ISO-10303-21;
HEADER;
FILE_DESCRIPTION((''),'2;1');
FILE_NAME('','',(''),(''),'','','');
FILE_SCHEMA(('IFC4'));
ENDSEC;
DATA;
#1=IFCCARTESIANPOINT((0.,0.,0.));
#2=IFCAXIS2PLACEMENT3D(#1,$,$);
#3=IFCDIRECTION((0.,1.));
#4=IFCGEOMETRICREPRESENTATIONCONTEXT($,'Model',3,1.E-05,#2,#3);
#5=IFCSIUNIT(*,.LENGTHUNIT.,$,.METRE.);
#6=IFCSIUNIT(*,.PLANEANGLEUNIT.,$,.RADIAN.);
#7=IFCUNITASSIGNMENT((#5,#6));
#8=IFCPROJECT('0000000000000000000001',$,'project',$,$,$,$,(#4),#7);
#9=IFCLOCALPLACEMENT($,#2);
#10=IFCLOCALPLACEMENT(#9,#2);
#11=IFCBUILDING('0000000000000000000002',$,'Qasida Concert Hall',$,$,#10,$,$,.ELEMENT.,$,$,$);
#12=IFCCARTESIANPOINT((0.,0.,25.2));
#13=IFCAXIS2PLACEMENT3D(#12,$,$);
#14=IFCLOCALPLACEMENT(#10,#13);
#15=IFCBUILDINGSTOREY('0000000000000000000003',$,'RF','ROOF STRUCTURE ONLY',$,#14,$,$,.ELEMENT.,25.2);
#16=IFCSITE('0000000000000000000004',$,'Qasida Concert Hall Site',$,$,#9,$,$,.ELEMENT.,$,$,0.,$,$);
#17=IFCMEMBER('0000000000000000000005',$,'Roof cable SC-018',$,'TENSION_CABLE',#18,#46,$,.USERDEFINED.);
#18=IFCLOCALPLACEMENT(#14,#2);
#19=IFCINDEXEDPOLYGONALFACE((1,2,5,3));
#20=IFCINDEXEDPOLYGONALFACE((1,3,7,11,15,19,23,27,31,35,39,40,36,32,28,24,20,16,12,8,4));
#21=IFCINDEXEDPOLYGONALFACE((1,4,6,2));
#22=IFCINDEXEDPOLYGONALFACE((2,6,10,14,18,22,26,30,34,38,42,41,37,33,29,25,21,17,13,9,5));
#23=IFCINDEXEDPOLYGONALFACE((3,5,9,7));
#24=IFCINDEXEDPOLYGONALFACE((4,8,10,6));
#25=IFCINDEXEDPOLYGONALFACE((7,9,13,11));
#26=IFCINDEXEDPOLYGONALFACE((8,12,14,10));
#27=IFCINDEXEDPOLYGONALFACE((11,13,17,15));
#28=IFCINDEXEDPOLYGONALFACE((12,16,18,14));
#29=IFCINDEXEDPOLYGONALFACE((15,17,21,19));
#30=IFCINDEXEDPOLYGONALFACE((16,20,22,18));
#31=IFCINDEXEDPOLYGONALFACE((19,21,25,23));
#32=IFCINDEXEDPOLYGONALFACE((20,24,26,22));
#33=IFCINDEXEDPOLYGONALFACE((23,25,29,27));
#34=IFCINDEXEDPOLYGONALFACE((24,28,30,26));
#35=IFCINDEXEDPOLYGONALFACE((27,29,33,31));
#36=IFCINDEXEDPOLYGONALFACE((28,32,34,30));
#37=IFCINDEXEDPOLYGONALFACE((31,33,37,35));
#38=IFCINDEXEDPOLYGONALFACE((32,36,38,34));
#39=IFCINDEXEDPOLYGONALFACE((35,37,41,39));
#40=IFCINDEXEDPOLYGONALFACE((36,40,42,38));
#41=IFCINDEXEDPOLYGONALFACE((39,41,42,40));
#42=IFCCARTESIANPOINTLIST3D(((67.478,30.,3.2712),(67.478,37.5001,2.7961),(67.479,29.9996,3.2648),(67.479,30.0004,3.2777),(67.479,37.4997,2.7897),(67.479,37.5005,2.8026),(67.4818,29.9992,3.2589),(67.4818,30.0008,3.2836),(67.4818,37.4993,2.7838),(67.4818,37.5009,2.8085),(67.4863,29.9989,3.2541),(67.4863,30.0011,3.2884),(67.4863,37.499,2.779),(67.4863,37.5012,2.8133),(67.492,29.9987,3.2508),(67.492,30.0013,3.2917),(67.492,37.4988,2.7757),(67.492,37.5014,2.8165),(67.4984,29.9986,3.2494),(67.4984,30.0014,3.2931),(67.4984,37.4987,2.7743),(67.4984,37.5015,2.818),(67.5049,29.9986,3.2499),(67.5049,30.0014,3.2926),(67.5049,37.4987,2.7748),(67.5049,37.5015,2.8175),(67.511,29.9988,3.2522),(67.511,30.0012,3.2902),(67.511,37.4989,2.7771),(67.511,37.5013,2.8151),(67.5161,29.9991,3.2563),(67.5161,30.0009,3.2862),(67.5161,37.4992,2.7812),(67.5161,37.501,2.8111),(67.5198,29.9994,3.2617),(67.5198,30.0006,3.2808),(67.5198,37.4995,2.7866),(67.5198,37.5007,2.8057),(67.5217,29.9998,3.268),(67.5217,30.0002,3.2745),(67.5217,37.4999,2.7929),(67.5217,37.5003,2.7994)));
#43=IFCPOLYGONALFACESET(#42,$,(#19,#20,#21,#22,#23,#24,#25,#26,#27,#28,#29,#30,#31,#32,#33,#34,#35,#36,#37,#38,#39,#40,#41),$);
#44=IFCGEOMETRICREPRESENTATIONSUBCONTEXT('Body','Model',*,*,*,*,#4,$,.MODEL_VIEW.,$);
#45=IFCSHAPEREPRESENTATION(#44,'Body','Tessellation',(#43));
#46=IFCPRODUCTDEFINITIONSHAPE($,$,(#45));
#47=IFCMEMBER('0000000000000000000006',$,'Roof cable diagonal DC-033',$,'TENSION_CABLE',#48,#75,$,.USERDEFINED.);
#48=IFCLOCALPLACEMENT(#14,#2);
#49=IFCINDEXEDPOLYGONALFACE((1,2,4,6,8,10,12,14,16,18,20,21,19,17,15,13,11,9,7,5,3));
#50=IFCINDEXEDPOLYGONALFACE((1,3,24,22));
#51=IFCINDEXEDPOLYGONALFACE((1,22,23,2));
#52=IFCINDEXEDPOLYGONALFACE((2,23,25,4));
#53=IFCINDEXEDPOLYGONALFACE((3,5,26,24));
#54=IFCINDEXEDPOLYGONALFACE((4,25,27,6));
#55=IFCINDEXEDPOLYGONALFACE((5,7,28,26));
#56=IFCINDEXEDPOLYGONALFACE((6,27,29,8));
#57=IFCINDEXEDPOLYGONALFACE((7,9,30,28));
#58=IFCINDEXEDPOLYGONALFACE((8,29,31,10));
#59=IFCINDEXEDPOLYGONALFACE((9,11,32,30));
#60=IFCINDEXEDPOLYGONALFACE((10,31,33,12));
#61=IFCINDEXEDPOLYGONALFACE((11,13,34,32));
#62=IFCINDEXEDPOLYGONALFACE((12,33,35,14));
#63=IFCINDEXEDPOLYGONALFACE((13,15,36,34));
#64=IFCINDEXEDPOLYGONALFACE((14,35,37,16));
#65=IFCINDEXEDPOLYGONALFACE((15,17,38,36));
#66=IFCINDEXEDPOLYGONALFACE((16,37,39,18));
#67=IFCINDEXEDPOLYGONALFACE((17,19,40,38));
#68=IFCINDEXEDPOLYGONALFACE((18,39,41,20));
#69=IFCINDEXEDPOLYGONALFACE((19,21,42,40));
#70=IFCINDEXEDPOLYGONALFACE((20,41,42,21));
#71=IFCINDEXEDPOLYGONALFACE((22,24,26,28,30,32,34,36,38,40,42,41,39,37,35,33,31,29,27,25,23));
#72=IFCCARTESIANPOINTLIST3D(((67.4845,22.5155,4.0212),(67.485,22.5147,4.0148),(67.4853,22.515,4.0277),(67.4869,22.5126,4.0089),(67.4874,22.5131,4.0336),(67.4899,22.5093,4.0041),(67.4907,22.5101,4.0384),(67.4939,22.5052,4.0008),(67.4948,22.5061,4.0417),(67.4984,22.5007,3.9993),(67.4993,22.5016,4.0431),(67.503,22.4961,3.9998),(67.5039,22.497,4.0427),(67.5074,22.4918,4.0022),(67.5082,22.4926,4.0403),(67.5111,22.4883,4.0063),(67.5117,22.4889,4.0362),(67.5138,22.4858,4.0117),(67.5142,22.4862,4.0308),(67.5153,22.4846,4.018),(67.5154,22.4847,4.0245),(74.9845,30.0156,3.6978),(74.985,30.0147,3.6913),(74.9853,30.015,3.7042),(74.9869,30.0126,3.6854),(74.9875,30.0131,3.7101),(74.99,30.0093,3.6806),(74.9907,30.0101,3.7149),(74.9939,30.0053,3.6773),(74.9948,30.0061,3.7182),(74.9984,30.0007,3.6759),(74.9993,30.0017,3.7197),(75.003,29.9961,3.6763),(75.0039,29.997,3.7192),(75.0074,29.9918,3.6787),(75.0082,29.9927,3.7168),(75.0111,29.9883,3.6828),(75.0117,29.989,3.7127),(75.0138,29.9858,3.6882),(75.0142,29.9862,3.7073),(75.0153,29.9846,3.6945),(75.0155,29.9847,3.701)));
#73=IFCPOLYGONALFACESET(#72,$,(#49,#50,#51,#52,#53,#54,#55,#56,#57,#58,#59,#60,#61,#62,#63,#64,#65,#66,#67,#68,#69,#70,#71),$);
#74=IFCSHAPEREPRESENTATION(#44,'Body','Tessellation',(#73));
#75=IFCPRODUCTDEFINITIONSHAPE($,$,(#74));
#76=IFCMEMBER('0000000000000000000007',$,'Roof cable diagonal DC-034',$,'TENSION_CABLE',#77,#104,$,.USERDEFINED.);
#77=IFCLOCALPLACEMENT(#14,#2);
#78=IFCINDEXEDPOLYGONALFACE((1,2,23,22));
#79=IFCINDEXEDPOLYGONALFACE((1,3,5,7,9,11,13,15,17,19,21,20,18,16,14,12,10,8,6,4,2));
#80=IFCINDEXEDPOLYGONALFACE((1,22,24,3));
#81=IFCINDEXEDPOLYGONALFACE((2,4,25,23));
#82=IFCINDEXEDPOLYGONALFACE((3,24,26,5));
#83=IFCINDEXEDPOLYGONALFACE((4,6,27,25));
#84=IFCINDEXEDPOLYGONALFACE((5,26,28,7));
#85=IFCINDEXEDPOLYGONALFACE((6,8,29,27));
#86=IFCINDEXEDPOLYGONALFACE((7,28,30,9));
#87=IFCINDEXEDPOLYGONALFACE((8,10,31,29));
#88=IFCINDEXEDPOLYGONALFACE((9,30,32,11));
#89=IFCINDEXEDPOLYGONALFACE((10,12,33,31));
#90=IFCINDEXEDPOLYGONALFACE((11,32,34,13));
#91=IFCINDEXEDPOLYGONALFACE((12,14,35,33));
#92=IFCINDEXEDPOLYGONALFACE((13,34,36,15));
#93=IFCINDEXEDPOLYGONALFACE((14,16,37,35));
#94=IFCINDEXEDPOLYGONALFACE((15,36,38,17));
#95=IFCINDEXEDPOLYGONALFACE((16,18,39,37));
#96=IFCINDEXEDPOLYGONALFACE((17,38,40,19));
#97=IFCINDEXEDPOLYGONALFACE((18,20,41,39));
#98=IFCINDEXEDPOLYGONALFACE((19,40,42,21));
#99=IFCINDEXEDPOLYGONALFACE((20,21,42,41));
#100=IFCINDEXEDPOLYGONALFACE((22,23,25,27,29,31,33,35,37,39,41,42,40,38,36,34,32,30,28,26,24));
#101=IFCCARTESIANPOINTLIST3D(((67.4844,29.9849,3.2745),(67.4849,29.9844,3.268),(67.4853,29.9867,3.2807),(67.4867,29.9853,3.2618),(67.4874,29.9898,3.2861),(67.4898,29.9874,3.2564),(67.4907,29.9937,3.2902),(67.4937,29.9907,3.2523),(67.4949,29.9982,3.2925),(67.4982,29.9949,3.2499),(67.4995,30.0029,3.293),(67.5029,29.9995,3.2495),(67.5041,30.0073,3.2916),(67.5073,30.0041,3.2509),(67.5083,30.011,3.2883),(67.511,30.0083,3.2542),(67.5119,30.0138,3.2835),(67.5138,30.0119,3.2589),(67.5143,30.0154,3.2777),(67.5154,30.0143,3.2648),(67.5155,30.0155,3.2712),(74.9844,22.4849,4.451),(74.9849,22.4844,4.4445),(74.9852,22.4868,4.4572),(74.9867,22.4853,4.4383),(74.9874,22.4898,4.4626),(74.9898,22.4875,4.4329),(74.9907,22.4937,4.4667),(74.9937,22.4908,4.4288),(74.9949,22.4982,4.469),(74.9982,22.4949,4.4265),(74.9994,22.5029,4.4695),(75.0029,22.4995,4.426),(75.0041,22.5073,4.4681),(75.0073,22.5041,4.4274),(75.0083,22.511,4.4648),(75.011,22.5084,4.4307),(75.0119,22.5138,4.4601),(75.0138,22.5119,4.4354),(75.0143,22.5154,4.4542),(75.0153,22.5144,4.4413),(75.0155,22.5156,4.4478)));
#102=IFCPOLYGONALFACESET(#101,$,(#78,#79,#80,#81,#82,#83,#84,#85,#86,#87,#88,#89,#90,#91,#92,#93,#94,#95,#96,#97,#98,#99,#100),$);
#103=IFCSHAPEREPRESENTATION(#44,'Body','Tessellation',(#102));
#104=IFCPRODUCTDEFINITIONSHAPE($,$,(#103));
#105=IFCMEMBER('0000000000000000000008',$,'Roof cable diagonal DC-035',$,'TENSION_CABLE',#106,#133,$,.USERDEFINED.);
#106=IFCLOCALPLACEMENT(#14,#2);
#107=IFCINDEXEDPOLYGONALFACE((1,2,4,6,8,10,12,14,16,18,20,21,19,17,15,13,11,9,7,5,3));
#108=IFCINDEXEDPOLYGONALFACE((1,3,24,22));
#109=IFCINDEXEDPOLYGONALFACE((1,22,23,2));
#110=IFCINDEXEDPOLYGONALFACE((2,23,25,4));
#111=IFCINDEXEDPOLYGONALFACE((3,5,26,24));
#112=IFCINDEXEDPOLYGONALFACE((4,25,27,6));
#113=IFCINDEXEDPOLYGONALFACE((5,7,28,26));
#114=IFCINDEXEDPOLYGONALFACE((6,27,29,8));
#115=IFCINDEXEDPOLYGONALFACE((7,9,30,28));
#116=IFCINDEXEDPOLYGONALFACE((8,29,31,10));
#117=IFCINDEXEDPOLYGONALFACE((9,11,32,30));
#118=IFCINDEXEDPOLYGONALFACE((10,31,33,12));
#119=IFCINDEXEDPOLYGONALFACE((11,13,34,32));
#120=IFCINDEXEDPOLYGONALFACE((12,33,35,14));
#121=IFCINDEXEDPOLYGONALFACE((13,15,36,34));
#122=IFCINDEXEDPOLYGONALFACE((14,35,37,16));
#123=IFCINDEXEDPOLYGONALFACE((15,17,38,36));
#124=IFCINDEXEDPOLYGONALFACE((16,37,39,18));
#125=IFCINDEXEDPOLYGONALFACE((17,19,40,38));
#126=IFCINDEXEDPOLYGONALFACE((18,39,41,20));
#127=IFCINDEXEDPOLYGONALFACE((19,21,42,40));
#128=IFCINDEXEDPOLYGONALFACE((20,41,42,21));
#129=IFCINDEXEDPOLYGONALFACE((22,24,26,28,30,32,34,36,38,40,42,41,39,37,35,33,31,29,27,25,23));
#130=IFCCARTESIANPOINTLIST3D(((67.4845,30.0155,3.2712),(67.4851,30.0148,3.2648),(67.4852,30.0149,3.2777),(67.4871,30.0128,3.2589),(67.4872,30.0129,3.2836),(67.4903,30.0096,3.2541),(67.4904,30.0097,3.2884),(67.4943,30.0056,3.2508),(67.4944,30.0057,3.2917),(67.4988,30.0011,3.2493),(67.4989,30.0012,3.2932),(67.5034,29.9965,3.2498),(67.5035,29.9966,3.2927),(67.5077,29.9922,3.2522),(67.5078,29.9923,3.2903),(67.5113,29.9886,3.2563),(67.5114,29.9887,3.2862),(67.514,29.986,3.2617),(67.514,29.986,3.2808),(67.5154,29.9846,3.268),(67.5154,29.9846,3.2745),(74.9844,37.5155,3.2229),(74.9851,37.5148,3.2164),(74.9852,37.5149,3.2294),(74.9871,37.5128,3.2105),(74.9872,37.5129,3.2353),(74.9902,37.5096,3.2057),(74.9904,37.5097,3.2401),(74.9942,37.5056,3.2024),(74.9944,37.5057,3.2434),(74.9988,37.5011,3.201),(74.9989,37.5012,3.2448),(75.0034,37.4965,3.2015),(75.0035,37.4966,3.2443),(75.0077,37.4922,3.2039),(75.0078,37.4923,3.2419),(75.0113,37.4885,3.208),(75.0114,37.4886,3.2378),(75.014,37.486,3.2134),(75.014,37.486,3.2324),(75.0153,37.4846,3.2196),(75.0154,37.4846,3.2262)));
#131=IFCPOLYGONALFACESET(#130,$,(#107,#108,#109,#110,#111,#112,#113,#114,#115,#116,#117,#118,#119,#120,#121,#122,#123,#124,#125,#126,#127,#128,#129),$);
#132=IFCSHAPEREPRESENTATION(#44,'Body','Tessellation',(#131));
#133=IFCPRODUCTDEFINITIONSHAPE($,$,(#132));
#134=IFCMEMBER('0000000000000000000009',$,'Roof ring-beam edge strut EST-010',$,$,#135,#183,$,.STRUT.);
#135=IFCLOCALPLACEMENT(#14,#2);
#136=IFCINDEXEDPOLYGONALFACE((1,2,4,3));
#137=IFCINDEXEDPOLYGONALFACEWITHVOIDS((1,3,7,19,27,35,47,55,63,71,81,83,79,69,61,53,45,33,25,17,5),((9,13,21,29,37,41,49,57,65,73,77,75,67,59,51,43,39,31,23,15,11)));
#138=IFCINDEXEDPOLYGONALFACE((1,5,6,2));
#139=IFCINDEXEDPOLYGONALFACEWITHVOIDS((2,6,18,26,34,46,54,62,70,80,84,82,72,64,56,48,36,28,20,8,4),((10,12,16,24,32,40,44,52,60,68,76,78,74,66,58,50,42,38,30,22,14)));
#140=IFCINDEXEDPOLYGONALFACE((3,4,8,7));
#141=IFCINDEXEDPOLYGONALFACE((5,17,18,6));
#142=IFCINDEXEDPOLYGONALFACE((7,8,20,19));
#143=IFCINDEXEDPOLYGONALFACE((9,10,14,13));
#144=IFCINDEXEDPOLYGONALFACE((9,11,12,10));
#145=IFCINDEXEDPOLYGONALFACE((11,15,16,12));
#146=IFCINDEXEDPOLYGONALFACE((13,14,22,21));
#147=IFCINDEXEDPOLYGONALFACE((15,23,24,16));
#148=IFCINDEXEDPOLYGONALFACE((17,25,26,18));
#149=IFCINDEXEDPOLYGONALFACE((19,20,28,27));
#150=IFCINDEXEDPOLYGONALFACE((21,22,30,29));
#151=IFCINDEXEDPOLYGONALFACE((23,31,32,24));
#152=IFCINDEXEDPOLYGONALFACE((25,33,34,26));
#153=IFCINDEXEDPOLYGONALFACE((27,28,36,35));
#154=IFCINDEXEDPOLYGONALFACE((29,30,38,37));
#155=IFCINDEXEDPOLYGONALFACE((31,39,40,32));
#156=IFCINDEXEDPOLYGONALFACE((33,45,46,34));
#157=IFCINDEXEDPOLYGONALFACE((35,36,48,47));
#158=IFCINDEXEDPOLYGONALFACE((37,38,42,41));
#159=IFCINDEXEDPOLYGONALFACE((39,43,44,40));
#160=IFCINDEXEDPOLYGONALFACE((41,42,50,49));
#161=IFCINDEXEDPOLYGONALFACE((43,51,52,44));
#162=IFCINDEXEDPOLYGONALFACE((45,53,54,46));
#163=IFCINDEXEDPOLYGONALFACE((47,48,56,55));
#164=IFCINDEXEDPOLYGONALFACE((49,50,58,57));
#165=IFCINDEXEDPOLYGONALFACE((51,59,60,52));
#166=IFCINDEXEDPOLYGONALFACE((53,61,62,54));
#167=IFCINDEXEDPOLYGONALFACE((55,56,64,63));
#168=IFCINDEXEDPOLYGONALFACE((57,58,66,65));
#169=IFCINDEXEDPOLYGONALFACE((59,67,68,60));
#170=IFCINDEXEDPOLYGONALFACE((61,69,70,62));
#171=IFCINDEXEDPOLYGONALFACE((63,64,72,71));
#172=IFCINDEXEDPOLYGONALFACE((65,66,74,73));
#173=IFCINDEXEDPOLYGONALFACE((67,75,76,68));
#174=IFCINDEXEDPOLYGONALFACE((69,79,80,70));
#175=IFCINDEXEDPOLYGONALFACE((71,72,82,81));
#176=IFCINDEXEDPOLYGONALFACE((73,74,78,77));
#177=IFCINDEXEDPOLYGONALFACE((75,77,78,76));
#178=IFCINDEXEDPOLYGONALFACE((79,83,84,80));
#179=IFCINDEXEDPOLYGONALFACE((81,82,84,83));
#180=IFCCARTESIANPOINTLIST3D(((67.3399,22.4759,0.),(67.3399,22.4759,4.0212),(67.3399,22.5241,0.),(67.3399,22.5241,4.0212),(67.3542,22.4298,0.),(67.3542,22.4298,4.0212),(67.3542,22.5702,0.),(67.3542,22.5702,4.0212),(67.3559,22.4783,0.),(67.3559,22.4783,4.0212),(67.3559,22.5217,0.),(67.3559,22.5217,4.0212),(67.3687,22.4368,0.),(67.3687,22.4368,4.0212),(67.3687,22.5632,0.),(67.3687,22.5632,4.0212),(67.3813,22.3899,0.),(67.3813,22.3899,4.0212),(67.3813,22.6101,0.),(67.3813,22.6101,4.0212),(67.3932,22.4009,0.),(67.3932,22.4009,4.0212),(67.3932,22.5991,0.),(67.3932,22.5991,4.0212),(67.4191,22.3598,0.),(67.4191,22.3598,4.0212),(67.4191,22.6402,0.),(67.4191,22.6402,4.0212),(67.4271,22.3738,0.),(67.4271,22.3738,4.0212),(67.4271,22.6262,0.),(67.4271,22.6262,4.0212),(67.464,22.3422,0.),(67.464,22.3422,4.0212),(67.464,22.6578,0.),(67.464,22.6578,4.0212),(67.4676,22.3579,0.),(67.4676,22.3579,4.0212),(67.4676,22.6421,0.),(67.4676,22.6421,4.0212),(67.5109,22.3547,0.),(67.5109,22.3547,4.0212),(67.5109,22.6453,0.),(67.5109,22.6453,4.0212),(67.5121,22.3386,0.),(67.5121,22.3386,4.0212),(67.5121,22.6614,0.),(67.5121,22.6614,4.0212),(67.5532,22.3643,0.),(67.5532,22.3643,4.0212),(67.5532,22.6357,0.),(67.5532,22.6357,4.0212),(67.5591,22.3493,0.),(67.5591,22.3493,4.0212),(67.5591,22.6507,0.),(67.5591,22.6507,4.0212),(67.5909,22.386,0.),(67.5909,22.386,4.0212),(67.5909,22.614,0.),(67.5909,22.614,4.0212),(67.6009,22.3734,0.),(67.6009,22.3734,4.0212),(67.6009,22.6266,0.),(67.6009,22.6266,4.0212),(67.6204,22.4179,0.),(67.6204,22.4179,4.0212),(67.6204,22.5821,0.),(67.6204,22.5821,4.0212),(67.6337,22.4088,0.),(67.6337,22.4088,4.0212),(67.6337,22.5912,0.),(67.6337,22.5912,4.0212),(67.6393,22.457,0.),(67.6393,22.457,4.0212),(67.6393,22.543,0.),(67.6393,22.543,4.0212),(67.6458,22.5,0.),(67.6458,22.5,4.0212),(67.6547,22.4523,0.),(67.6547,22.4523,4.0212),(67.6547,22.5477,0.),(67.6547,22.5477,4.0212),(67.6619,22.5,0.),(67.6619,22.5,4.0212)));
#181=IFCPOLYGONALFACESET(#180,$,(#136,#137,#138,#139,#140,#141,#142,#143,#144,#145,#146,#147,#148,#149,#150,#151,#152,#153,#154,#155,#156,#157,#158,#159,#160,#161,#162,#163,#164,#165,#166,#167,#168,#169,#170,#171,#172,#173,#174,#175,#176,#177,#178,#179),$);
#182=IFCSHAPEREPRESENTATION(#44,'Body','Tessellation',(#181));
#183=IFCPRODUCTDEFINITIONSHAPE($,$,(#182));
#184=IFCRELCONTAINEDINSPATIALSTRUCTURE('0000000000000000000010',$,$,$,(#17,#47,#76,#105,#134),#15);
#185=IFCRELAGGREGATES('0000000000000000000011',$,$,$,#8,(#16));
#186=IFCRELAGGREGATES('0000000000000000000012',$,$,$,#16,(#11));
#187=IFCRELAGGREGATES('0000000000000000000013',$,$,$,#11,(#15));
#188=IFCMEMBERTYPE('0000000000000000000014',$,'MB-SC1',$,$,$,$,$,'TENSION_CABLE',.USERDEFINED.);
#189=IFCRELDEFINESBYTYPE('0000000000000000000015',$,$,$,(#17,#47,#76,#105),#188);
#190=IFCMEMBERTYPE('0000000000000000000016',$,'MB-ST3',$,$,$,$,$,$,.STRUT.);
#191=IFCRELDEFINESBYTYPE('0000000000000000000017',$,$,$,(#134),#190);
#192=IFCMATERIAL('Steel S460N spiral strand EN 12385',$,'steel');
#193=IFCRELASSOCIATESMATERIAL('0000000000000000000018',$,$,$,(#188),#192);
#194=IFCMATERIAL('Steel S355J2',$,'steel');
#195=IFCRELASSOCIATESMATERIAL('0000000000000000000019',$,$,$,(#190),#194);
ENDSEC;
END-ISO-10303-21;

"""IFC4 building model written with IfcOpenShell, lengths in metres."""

from ifc_helpers import new_model, si_unit, direction, frame, origin, origin_2d, place, context, subcontext, project, spatial, circle, hollow_circle, extrude, material, material_profile, profile_set, type_object, element, save


model = new_model("IFC4")

# Units and contexts
model_context = context("Model", 3, precision=1e-05, world=origin(), true_north=direction((0.0, 1.0)))
body_context = subcontext(model_context, "Body", "Model", "MODEL_VIEW")
ifc_project = project(units=[si_unit("LENGTHUNIT", "METRE"), si_unit("PLANEANGLEUNIT", "RADIAN")], contexts=[model_context])

# Site, building, storey
site_placement = place(None, origin())
site = spatial("IfcSite", under=ifc_project, at=site_placement, Name="Qasida Concert Hall Site", CompositionType="ELEMENT", RefElevation=0.0)
building_placement = place(site_placement, origin())
building = spatial("IfcBuilding", under=site, at=building_placement, Name="Qasida Concert Hall", CompositionType="ELEMENT")
storey_placement = place(building_placement, frame((0.0, 0.0, 25.2)))
storey = spatial("IfcBuildingStorey", under=building, at=storey_placement, Name="RF", Description="ROOF STRUCTURE ONLY", CompositionType="ELEMENT", Elevation=25.2)

# Members
ifc_material_1 = material(Name="Steel S460N spiral strand EN 12385", Category="steel")
ifc_material_2 = material(Name="Steel S355J2", Category="steel")
ifc_material_profile_1 = material_profile(ifc_material_1, circle(Radius=0.022, at=origin_2d()), Name="STRAND D44")
ifc_profile_set_1 = profile_set([ifc_material_profile_1], Name="Steel S460N spiral strand EN 12385")
member_type_1 = type_object("IfcMemberType", Name="MB-SC1", ElementType="TENSION_CABLE", PredefinedType="USERDEFINED", material=ifc_profile_set_1)
member_1_placement = place(storey_placement, frame((67.5, 30.0, 3.2712), z_axis=(0.0, 0.998, -0.06322), x_axis=(-1.0, 0.0, 0.0)))
element("IfcMember", 1, at=member_1_placement, inside=storey, type_object=member_type_1, Name="Roof cable SC-018", ObjectType="TENSION_CABLE", PredefinedType="USERDEFINED", context=body_context, shape_type="SweptSolid", body=[
    extrude(circle(Radius=0.022, at=origin_2d()), origin(), (0.0, 0.0, 1.0), 7.5151),
])
member_2_placement = place(storey_placement, frame((67.5, 22.5, 4.0212), z_axis=(0.706778, 0.706778, -0.030484), x_axis=(-0.707107, 0.707107, 0.0)))
element("IfcMember", 2, at=member_2_placement, inside=storey, type_object=member_type_1, Name="Roof cable diagonal DC-033", ObjectType="TENSION_CABLE", PredefinedType="USERDEFINED", context=body_context, shape_type="SweptSolid", body=[
    extrude(circle(Radius=0.022, at=origin_2d()), origin(), (0.0, 0.0, 1.0), 10.6116),
])
member_3_placement = place(storey_placement, frame((67.5, 30.0, 3.2712), z_axis=(0.702796, -0.702796, 0.110247), x_axis=(0.707107, 0.707107, 0.0)))
element("IfcMember", 3, at=member_3_placement, inside=storey, type_object=member_type_1, Name="Roof cable diagonal DC-034", ObjectType="TENSION_CABLE", PredefinedType="USERDEFINED", context=body_context, shape_type="SweptSolid", body=[
    extrude(circle(Radius=0.022, at=origin_2d()), origin(), (0.0, 0.0, 1.0), 10.6716),
])
member_4_placement = place(storey_placement, frame((67.5, 30.0, 3.2712), z_axis=(0.707099, 0.707099, -0.004557), x_axis=(-0.707107, 0.707107, 0.0)))
element("IfcMember", 4, at=member_4_placement, inside=storey, type_object=member_type_1, Name="Roof cable diagonal DC-035", ObjectType="TENSION_CABLE", PredefinedType="USERDEFINED", context=body_context, shape_type="SweptSolid", body=[
    extrude(circle(Radius=0.022, at=origin_2d()), origin(), (0.0, 0.0, 1.0), 10.6067),
])
ifc_material_profile_2 = material_profile(ifc_material_2, hollow_circle(Radius=0.1619, WallThickness=0.0161, at=origin_2d()), Name="CHS 323.9x16")
ifc_profile_set_2 = profile_set([ifc_material_profile_2], Name="Steel S355J2")
member_type_2 = type_object("IfcMemberType", Name="MB-ST3", PredefinedType="STRUT", material=ifc_profile_set_2)
member_5_placement = place(storey_placement, frame((67.5, 22.5, 0.0), z_axis=(0.0, 0.0, 1.0), x_axis=(1.0, 0.0, 0.0)))
element("IfcMember", 5, at=member_5_placement, inside=storey, type_object=member_type_2, Name="Roof ring-beam edge strut EST-010", PredefinedType="STRUT", context=body_context, shape_type="SweptSolid", body=[
    extrude(hollow_circle(Radius=0.1619, WallThickness=0.0161, at=origin_2d()), origin(), (0.0, 0.0, 1.0), 4.0212),
])

save(model, "model.ifc")
